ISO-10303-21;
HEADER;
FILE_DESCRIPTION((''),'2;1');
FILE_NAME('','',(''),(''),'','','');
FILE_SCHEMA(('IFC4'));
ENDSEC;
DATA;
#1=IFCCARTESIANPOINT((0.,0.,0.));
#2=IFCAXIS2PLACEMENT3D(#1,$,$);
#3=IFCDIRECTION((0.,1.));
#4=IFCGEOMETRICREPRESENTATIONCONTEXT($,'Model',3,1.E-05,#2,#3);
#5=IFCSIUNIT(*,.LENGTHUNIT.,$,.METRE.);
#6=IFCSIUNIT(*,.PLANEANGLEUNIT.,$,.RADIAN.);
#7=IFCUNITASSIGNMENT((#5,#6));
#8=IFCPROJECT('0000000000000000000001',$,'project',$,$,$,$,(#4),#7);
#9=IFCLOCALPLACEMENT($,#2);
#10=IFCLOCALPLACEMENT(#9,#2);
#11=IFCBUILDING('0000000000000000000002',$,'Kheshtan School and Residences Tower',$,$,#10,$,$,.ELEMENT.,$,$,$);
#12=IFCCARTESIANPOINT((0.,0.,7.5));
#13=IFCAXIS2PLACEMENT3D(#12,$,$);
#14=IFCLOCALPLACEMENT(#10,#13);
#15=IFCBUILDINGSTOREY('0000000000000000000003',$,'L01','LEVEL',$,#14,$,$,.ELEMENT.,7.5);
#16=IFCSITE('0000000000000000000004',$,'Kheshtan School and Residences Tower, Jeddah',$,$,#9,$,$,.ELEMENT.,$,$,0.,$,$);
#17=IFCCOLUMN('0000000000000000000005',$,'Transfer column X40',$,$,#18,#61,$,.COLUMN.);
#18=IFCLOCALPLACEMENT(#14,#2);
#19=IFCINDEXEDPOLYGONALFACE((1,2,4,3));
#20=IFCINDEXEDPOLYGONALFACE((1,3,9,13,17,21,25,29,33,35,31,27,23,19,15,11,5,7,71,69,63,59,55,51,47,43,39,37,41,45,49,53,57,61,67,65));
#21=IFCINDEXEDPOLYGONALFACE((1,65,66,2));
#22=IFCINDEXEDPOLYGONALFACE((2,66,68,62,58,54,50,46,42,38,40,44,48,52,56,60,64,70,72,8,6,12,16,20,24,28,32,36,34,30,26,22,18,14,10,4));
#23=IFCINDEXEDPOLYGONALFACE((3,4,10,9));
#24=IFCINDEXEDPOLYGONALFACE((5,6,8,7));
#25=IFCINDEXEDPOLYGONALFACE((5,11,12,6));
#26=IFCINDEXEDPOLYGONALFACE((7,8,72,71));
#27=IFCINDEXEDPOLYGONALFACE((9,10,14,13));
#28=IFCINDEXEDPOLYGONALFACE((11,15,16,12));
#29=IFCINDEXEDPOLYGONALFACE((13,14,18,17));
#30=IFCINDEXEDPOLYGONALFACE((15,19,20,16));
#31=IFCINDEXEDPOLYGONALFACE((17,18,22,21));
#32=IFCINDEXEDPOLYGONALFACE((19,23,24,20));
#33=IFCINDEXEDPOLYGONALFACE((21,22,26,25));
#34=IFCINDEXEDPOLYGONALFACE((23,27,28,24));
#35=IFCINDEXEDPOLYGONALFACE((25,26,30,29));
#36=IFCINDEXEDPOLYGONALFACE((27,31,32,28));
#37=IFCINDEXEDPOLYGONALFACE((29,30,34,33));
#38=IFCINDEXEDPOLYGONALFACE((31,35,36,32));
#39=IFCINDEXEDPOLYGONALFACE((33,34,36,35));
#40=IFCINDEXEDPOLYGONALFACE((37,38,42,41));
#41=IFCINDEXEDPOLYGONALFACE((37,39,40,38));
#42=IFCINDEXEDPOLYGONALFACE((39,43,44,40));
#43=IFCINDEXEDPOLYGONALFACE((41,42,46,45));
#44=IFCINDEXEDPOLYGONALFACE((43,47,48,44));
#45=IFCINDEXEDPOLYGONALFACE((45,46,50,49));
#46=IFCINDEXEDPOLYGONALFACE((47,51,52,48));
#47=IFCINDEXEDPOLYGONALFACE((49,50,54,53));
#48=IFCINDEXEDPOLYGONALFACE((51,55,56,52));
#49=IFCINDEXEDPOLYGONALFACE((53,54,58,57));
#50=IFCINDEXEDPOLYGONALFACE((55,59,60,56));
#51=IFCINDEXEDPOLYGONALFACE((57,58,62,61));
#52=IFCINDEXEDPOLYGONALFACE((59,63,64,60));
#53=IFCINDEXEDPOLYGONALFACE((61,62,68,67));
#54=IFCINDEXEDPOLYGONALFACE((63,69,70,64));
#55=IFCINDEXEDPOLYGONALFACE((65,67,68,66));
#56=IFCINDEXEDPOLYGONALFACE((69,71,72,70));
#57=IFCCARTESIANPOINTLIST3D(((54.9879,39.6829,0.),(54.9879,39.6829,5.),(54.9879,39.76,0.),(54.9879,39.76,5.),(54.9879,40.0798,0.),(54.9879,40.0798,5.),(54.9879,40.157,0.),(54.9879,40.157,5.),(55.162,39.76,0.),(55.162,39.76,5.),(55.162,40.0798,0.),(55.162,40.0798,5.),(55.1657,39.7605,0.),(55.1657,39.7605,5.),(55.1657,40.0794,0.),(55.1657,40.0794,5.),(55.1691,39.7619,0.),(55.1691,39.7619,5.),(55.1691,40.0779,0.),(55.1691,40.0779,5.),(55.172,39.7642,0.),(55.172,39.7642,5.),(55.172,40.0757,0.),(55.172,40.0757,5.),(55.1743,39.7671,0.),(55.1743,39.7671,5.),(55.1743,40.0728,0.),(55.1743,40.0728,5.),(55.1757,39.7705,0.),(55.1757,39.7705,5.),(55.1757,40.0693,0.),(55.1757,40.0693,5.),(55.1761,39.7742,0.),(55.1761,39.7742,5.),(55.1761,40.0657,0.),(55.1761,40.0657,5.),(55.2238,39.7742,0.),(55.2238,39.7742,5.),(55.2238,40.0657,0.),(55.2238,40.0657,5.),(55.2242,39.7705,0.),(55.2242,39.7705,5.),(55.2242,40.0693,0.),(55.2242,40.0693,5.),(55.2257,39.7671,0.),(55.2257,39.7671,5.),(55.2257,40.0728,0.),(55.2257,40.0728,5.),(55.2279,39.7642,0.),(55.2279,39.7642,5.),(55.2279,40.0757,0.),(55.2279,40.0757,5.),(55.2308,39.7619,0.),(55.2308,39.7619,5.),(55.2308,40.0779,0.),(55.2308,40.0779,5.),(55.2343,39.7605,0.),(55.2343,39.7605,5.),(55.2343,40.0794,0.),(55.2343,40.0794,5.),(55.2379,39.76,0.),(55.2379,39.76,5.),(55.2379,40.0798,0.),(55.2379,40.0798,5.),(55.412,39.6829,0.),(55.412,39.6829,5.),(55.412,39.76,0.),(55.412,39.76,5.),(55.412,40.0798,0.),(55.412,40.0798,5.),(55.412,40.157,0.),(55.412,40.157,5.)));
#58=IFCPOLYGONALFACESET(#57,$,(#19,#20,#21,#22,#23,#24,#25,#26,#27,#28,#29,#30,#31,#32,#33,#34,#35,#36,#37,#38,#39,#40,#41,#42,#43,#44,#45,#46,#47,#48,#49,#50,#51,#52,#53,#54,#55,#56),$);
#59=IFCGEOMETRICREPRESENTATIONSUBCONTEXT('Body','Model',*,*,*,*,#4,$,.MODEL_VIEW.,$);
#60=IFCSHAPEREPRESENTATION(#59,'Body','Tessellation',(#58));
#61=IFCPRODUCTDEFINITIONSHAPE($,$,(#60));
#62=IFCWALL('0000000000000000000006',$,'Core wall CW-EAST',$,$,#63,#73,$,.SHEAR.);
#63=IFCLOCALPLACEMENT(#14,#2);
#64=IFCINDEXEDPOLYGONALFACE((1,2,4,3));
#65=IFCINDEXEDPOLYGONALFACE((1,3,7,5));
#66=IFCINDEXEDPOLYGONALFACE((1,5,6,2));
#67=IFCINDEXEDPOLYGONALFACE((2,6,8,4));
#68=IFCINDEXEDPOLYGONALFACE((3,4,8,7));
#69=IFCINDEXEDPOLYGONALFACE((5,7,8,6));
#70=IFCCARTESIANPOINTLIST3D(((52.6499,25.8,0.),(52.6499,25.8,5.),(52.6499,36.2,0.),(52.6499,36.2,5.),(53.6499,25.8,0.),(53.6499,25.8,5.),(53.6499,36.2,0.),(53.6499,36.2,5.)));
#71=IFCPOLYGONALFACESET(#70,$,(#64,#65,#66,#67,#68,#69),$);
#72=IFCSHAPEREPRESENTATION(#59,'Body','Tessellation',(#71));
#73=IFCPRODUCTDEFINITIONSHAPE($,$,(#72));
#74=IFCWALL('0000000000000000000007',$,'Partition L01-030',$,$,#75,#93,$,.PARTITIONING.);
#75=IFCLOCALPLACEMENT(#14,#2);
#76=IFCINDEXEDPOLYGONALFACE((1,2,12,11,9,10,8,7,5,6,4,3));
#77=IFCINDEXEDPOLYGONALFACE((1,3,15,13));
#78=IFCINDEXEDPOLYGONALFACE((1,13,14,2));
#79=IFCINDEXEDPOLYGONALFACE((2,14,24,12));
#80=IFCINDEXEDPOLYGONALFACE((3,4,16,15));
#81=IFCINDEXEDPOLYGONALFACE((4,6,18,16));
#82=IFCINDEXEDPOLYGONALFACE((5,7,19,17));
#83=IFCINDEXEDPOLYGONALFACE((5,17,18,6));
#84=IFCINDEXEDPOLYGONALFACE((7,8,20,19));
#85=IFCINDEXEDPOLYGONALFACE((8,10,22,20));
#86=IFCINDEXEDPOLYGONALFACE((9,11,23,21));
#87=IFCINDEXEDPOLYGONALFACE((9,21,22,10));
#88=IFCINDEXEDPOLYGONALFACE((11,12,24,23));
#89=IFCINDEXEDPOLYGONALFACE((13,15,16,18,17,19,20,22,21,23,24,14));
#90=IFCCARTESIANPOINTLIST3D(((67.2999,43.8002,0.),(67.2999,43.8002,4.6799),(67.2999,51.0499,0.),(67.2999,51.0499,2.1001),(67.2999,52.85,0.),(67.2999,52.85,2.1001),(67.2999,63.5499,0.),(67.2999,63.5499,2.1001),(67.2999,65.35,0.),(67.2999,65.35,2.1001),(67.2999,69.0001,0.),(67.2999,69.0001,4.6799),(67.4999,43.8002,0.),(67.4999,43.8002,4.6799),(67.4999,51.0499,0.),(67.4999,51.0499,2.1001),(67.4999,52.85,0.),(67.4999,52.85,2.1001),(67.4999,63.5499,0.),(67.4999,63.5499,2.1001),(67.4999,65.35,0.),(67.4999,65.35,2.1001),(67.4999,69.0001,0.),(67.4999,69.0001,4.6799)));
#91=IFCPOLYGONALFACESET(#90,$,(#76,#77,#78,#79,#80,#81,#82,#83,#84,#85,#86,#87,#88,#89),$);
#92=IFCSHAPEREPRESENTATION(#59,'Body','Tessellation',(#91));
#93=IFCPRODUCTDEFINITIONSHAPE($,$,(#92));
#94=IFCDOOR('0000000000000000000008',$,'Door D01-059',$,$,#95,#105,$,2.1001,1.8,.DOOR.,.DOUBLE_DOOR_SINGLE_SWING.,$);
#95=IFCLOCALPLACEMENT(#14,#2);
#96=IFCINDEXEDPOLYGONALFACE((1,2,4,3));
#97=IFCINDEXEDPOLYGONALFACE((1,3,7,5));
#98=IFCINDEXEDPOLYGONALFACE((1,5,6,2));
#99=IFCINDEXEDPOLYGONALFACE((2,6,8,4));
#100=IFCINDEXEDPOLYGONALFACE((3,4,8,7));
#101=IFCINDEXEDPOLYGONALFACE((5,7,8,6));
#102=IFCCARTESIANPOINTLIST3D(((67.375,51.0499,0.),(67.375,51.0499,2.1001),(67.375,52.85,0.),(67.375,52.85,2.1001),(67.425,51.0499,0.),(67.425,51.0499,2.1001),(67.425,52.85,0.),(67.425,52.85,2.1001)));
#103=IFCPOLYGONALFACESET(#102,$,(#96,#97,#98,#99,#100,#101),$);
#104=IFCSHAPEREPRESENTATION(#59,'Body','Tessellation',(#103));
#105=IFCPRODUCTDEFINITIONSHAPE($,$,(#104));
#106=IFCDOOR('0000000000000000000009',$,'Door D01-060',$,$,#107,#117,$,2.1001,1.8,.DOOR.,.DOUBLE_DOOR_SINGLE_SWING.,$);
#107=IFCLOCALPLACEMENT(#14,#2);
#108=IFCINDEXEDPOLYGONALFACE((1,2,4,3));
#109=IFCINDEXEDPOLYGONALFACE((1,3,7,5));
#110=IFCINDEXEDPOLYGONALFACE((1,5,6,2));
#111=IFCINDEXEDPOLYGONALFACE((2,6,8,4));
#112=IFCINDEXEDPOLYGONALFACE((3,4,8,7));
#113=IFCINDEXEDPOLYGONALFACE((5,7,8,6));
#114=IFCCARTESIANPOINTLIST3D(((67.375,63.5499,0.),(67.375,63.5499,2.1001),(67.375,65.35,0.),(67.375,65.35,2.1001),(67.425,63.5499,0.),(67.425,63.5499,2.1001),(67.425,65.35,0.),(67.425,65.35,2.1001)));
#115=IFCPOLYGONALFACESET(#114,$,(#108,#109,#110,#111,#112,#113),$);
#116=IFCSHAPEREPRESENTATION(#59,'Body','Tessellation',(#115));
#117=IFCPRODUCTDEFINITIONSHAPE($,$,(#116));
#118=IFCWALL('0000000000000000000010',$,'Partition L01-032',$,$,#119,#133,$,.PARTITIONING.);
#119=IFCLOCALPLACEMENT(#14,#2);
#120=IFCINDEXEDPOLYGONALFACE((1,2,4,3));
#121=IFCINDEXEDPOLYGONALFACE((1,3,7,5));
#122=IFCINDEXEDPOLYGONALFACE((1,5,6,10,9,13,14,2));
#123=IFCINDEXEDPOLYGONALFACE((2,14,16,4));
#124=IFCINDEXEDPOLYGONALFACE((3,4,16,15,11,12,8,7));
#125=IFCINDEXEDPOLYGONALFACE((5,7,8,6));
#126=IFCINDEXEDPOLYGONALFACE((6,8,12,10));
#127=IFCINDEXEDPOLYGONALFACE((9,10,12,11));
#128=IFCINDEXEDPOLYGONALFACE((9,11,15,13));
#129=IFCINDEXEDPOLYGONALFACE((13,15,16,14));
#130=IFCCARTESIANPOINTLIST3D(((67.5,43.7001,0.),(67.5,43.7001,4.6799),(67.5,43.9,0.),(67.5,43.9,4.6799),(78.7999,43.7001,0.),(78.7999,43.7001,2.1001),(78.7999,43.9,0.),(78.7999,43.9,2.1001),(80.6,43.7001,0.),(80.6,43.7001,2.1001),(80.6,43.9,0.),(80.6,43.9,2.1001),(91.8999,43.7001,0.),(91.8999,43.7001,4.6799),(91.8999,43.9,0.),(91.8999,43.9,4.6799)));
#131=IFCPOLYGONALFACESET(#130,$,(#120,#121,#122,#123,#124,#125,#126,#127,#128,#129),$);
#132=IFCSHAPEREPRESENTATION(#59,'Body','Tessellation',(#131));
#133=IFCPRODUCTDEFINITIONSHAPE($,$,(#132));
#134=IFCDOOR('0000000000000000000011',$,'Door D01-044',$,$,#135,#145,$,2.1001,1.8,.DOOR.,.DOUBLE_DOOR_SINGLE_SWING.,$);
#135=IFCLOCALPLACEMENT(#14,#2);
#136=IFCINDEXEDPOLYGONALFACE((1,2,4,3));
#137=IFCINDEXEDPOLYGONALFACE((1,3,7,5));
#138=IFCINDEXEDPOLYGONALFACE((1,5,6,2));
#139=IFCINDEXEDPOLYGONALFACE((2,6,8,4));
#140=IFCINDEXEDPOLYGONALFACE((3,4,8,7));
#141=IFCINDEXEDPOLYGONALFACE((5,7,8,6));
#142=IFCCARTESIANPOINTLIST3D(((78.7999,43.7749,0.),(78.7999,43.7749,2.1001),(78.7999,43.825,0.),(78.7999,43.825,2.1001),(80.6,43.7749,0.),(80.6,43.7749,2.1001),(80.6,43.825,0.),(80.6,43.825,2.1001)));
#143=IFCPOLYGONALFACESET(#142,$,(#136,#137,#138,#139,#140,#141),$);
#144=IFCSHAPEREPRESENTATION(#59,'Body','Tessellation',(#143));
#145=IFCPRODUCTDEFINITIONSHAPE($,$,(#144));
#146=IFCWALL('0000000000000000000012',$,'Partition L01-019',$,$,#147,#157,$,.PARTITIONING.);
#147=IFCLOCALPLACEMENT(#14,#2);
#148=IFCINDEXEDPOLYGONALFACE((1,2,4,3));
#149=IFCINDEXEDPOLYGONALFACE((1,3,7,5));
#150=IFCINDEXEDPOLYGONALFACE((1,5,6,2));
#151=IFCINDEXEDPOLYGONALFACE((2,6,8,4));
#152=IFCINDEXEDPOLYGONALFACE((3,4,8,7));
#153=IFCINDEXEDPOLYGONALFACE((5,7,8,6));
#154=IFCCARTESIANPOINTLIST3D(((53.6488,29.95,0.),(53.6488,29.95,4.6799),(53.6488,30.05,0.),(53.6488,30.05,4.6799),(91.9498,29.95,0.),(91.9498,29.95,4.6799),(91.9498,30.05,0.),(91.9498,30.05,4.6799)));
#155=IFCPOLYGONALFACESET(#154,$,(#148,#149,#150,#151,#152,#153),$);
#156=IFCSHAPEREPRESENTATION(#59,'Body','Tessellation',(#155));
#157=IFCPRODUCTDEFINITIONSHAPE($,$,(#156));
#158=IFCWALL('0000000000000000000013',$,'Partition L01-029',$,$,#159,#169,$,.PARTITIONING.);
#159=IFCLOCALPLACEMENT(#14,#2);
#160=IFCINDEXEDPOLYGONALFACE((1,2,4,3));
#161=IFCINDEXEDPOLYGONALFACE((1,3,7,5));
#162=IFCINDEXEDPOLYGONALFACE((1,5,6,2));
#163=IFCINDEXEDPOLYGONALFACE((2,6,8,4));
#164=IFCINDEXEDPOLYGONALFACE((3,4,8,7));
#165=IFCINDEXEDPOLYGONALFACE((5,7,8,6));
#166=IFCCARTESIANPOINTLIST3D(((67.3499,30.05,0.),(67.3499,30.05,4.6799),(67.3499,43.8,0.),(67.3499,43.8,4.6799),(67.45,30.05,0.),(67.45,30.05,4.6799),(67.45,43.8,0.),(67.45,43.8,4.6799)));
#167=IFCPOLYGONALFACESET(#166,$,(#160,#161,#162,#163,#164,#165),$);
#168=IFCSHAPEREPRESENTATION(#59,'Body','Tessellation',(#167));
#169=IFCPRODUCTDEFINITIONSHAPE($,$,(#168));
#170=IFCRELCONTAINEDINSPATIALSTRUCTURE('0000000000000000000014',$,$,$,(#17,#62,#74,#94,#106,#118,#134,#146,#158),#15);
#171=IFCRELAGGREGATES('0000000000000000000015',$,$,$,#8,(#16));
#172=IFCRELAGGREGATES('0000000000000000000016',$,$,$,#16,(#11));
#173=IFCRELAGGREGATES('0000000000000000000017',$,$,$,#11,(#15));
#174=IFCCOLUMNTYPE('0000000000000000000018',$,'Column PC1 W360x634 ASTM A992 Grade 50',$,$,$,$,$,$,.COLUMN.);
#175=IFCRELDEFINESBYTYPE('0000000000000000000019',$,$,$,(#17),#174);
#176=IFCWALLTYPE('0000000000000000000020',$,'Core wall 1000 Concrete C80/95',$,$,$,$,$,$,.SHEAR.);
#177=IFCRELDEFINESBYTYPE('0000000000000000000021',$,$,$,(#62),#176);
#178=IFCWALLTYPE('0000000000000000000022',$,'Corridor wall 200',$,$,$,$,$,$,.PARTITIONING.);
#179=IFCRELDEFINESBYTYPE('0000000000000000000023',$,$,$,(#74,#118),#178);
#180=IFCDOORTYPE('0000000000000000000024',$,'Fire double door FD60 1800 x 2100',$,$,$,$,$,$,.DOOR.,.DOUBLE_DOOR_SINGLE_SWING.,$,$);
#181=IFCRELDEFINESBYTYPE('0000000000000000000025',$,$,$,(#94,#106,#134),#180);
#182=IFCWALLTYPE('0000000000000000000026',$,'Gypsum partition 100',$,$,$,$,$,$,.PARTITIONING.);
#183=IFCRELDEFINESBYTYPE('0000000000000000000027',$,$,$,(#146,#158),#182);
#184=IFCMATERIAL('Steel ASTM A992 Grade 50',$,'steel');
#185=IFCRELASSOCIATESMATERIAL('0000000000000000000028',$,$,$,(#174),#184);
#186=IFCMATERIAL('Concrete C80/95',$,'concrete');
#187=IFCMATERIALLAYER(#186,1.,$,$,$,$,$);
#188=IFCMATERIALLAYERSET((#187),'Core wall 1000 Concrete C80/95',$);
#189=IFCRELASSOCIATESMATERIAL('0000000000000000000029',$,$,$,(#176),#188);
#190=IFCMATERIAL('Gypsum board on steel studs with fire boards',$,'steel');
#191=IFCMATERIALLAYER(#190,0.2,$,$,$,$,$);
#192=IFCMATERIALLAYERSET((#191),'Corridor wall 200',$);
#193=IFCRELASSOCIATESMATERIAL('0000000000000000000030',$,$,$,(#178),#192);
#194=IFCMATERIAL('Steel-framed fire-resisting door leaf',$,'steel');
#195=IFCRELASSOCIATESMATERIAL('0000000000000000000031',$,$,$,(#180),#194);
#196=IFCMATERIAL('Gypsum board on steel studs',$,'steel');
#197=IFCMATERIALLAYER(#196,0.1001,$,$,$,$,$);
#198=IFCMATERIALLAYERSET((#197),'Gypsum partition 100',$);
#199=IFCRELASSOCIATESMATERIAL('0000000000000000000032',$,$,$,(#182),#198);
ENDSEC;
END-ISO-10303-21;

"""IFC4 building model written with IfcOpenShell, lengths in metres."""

from ifc_helpers import new_model, si_unit, direction, frame, frame_2d, origin, origin_2d, place, context, subcontext, project, spatial, rectangle, i_section, extrude, source, transform, mapped, material, layer, layer_set, material_profile, profile_set, type_object, element, fill, save


model = new_model("IFC4")

# Units and contexts
model_context = context("Model", 3, precision=1e-05, world=origin(), true_north=direction((0.0, 1.0)))
body_context = subcontext(model_context, "Body", "Model", "MODEL_VIEW")
ifc_project = project(units=[si_unit("LENGTHUNIT", "METRE"), si_unit("PLANEANGLEUNIT", "RADIAN")], contexts=[model_context])

# Site, building, storey
site_placement = place(None, origin())
site = spatial("IfcSite", under=ifc_project, at=site_placement, Name="Kheshtan School and Residences Tower, Jeddah", CompositionType="ELEMENT", RefElevation=0.0)
building_placement = place(site_placement, origin())
building = spatial("IfcBuilding", under=site, at=building_placement, Name="Kheshtan School and Residences Tower", CompositionType="ELEMENT")
storey_placement = place(building_placement, frame((0.0, 0.0, 7.5)))
storey = spatial("IfcBuildingStorey", under=building, at=storey_placement, Name="L01", Description="LEVEL", CompositionType="ELEMENT", Elevation=7.5)

# Column
ifc_material_1 = material(Name="Steel ASTM A992 Grade 50", Category="steel")
ifc_material_profile = material_profile(ifc_material_1, i_section(OverallWidth=0.4241, OverallDepth=0.4741, WebThickness=0.0476, FlangeThickness=0.0771, FilletRadius=0.0142, at=origin_2d()), Name="W360x634")
ifc_profile_set = profile_set([ifc_material_profile], Name="Steel ASTM A992 Grade 50")
column_type = type_object("IfcColumnType", Name="Column PC1 W360x634 ASTM A992 Grade 50", PredefinedType="COLUMN", material=ifc_profile_set)
for number, where, z_axis, x_axis, name in (
    (1, (55.2, 39.9199, 0.0), (0.0, 0.0, 1.0), (1.0, 0.0, 0.0), "Transfer column X40"),
):
    element("IfcColumn", number, at=place(storey_placement, frame(where, z_axis=z_axis, x_axis=x_axis)), inside=storey, type_object=column_type, Name=name, PredefinedType="COLUMN", context=body_context, shape_type="SweptSolid", body=[
        extrude(i_section(OverallWidth=0.4241, OverallDepth=0.4741, WebThickness=0.0476, FlangeThickness=0.0771, FilletRadius=0.0142, at=origin_2d()), origin(), (0.0, 0.0, 1.0), 5.0),
    ])

# Wall
ifc_material_2 = material(Name="Concrete C80/95", Category="concrete")
ifc_layer_1 = layer(ifc_material_2, 1.0)
ifc_layer_set_1 = layer_set([ifc_layer_1], Name="Core wall 1000 Concrete C80/95")
wall_type_1 = type_object("IfcWallType", Name="Core wall 1000 Concrete C80/95", PredefinedType="SHEAR", material=ifc_layer_set_1)
wall_1_placement = place(storey_placement, frame((53.1499, 25.8, 0.0), z_axis=(0.0, 0.0, 1.0), x_axis=(0.0, 1.0, 0.0)))
element("IfcWall", 2, at=wall_1_placement, inside=storey, type_object=wall_type_1, Name="Core wall CW-EAST", PredefinedType="SHEAR", context=body_context, shape_type="SweptSolid", body=[
    extrude(rectangle(XDim=10.3999, YDim=1.0, at=frame_2d((5.2, 0.0))), origin(), (0.0, 0.0, 1.0), 5.0),
])

# Wall, openings, doors
ifc_material_3 = material(Name="Gypsum board on steel studs with fire boards", Category="steel")
ifc_layer_2 = layer(ifc_material_3, 0.2)
ifc_layer_set_2 = layer_set([ifc_layer_2], Name="Corridor wall 200")
wall_type_2 = type_object("IfcWallType", Name="Corridor wall 200", PredefinedType="PARTITIONING", material=ifc_layer_set_2)
wall_2_placement = place(storey_placement, frame((67.3999, 43.8, 0.0), z_axis=(0.0, 0.0, 1.0), x_axis=(0.0, 1.0, 0.0)))
wall_2 = element("IfcWall", 3, at=wall_2_placement, inside=storey, type_object=wall_type_2, Name="Partition L01-030", PredefinedType="PARTITIONING", context=body_context, shape_type="SweptSolid", body=[
    extrude(rectangle(XDim=25.2, YDim=0.2, at=frame_2d((12.6001, 0.0))), origin(), (0.0, 0.0, 1.0), 4.6799),
])
opening_1_placement = place(wall_2_placement, frame((7.25, 0.0, 0.0)))
opening_1 = element("IfcOpeningElement", 4, at=opening_1_placement, cuts=wall_2, PredefinedType="OPENING", context=body_context, shape_type="SweptSolid", body=[
    extrude(rectangle(XDim=1.8, YDim=2.1001, at=frame_2d((0.8999, 1.05))), frame((0.0, 0.1099, 0.0), z_axis=(0.0, -1.0, 0.0), x_axis=(1.0, 0.0, 0.0)), (0.0, 0.0, 1.0), 0.22),
])
opening_2_placement = place(wall_2_placement, frame((19.75, 0.0, 0.0)))
opening_2 = element("IfcOpeningElement", 5, at=opening_2_placement, cuts=wall_2, PredefinedType="OPENING", context=body_context, shape_type="SweptSolid", body=[
    extrude(rectangle(XDim=1.8, YDim=2.1001, at=frame_2d((0.8999, 1.05))), frame((0.0, 0.1099, 0.0), z_axis=(0.0, -1.0, 0.0), x_axis=(1.0, 0.0, 0.0)), (0.0, 0.0, 1.0), 0.22),
])
ifc_material_4 = material(Name="Steel-framed fire-resisting door leaf", Category="steel")
door_type = type_object("IfcDoorType", Name="Fire double door FD60 1800 x 2100", OperationType="DOUBLE_DOOR_SINGLE_SWING", PredefinedType="DOOR", material=ifc_material_4)
shared_shape = source(origin(), body_context, "Body", "SweptSolid", [
    extrude(rectangle(XDim=1.8, YDim=2.1001, at=frame_2d((0.8999, 1.05))), frame((0.0, 0.0249, 0.0), z_axis=(0.0, -1.0, 0.0), x_axis=(1.0, 0.0, 0.0)), (0.0, 0.0, 1.0), 0.05),
])
door_1_placement = place(opening_1_placement, origin())
door_1 = element("IfcDoor", 6, at=door_1_placement, inside=storey, type_object=door_type, Name="Door D01-059", OperationType="DOUBLE_DOOR_SINGLE_SWING", OverallHeight=2.1001, OverallWidth=1.8, PredefinedType="DOOR", context=body_context, shape_type="MappedRepresentation", body=[
    mapped(shared_shape, transform((0.0, 0.0, 0.0), x_axis=(1.0, 0.0, 0.0), y_axis=(0.0, 1.0, 0.0), z_axis=(0.0, 0.0, 1.0), scale=1.0)),
])
fill(opening_1, door_1)
door_2_placement = place(opening_2_placement, origin())
door_2 = element("IfcDoor", 7, at=door_2_placement, inside=storey, type_object=door_type, Name="Door D01-060", OperationType="DOUBLE_DOOR_SINGLE_SWING", OverallHeight=2.1001, OverallWidth=1.8, PredefinedType="DOOR", context=body_context, shape_type="MappedRepresentation", body=[
    mapped(shared_shape, transform((0.0, 0.0, 0.0), x_axis=(1.0, 0.0, 0.0), y_axis=(0.0, 1.0, 0.0), z_axis=(0.0, 0.0, 1.0), scale=1.0)),
])
fill(opening_2, door_2)

# Wall, opening, door
wall_3_placement = place(storey_placement, frame((67.5, 43.8, 0.0), z_axis=(0.0, 0.0, 1.0), x_axis=(1.0, 0.0, 0.0)))
wall_3 = element("IfcWall", 8, at=wall_3_placement, inside=storey, type_object=wall_type_2, Name="Partition L01-032", PredefinedType="PARTITIONING", context=body_context, shape_type="SweptSolid", body=[
    extrude(rectangle(XDim=24.3999, YDim=0.2, at=frame_2d((12.2, 0.0))), origin(), (0.0, 0.0, 1.0), 4.6799),
])
opening_3_placement = place(wall_3_placement, frame((11.3, 0.0, 0.0)))
opening_3 = element("IfcOpeningElement", 9, at=opening_3_placement, cuts=wall_3, PredefinedType="OPENING", context=body_context, shape_type="SweptSolid", body=[
    extrude(rectangle(XDim=1.8, YDim=2.1001, at=frame_2d((0.8999, 1.05))), frame((0.0, 0.1099, 0.0), z_axis=(0.0, -1.0, 0.0), x_axis=(1.0, 0.0, 0.0)), (0.0, 0.0, 1.0), 0.22),
])
door_3_placement = place(opening_3_placement, origin())
door_3 = element("IfcDoor", 10, at=door_3_placement, inside=storey, type_object=door_type, Name="Door D01-044", OperationType="DOUBLE_DOOR_SINGLE_SWING", OverallHeight=2.1001, OverallWidth=1.8, PredefinedType="DOOR", context=body_context, shape_type="MappedRepresentation", body=[
    mapped(shared_shape, transform((0.0, 0.0, 0.0), x_axis=(1.0, 0.0, 0.0), y_axis=(0.0, 1.0, 0.0), z_axis=(0.0, 0.0, 1.0), scale=1.0)),
])
fill(opening_3, door_3)

# Walls
ifc_material_5 = material(Name="Gypsum board on steel studs", Category="steel")
ifc_layer_3 = layer(ifc_material_5, 0.1001)
ifc_layer_set_3 = layer_set([ifc_layer_3], Name="Gypsum partition 100")
wall_type_3 = type_object("IfcWallType", Name="Gypsum partition 100", PredefinedType="PARTITIONING", material=ifc_layer_set_3)
wall_4_placement = place(storey_placement, frame((53.6489, 30.0, 0.0), z_axis=(0.0, 0.0, 1.0), x_axis=(1.0, 0.0, 0.0)))
element("IfcWall", 11, at=wall_4_placement, inside=storey, type_object=wall_type_3, Name="Partition L01-019", PredefinedType="PARTITIONING", context=body_context, shape_type="SweptSolid", body=[
    extrude(rectangle(XDim=38.301, YDim=0.1001, at=frame_2d((19.1504, 0.0))), origin(), (0.0, 0.0, 1.0), 4.6799),
])
wall_5_placement = place(storey_placement, frame((67.3999, 30.05, 0.0), z_axis=(0.0, 0.0, 1.0), x_axis=(0.0, 1.0, 0.0)))
element("IfcWall", 12, at=wall_5_placement, inside=storey, type_object=wall_type_3, Name="Partition L01-029", PredefinedType="PARTITIONING", context=body_context, shape_type="SweptSolid", body=[
    extrude(rectangle(XDim=13.75, YDim=0.1001, at=frame_2d((6.875, 0.0))), origin(), (0.0, 0.0, 1.0), 4.6799),
])

save(model, "model.ifc")
